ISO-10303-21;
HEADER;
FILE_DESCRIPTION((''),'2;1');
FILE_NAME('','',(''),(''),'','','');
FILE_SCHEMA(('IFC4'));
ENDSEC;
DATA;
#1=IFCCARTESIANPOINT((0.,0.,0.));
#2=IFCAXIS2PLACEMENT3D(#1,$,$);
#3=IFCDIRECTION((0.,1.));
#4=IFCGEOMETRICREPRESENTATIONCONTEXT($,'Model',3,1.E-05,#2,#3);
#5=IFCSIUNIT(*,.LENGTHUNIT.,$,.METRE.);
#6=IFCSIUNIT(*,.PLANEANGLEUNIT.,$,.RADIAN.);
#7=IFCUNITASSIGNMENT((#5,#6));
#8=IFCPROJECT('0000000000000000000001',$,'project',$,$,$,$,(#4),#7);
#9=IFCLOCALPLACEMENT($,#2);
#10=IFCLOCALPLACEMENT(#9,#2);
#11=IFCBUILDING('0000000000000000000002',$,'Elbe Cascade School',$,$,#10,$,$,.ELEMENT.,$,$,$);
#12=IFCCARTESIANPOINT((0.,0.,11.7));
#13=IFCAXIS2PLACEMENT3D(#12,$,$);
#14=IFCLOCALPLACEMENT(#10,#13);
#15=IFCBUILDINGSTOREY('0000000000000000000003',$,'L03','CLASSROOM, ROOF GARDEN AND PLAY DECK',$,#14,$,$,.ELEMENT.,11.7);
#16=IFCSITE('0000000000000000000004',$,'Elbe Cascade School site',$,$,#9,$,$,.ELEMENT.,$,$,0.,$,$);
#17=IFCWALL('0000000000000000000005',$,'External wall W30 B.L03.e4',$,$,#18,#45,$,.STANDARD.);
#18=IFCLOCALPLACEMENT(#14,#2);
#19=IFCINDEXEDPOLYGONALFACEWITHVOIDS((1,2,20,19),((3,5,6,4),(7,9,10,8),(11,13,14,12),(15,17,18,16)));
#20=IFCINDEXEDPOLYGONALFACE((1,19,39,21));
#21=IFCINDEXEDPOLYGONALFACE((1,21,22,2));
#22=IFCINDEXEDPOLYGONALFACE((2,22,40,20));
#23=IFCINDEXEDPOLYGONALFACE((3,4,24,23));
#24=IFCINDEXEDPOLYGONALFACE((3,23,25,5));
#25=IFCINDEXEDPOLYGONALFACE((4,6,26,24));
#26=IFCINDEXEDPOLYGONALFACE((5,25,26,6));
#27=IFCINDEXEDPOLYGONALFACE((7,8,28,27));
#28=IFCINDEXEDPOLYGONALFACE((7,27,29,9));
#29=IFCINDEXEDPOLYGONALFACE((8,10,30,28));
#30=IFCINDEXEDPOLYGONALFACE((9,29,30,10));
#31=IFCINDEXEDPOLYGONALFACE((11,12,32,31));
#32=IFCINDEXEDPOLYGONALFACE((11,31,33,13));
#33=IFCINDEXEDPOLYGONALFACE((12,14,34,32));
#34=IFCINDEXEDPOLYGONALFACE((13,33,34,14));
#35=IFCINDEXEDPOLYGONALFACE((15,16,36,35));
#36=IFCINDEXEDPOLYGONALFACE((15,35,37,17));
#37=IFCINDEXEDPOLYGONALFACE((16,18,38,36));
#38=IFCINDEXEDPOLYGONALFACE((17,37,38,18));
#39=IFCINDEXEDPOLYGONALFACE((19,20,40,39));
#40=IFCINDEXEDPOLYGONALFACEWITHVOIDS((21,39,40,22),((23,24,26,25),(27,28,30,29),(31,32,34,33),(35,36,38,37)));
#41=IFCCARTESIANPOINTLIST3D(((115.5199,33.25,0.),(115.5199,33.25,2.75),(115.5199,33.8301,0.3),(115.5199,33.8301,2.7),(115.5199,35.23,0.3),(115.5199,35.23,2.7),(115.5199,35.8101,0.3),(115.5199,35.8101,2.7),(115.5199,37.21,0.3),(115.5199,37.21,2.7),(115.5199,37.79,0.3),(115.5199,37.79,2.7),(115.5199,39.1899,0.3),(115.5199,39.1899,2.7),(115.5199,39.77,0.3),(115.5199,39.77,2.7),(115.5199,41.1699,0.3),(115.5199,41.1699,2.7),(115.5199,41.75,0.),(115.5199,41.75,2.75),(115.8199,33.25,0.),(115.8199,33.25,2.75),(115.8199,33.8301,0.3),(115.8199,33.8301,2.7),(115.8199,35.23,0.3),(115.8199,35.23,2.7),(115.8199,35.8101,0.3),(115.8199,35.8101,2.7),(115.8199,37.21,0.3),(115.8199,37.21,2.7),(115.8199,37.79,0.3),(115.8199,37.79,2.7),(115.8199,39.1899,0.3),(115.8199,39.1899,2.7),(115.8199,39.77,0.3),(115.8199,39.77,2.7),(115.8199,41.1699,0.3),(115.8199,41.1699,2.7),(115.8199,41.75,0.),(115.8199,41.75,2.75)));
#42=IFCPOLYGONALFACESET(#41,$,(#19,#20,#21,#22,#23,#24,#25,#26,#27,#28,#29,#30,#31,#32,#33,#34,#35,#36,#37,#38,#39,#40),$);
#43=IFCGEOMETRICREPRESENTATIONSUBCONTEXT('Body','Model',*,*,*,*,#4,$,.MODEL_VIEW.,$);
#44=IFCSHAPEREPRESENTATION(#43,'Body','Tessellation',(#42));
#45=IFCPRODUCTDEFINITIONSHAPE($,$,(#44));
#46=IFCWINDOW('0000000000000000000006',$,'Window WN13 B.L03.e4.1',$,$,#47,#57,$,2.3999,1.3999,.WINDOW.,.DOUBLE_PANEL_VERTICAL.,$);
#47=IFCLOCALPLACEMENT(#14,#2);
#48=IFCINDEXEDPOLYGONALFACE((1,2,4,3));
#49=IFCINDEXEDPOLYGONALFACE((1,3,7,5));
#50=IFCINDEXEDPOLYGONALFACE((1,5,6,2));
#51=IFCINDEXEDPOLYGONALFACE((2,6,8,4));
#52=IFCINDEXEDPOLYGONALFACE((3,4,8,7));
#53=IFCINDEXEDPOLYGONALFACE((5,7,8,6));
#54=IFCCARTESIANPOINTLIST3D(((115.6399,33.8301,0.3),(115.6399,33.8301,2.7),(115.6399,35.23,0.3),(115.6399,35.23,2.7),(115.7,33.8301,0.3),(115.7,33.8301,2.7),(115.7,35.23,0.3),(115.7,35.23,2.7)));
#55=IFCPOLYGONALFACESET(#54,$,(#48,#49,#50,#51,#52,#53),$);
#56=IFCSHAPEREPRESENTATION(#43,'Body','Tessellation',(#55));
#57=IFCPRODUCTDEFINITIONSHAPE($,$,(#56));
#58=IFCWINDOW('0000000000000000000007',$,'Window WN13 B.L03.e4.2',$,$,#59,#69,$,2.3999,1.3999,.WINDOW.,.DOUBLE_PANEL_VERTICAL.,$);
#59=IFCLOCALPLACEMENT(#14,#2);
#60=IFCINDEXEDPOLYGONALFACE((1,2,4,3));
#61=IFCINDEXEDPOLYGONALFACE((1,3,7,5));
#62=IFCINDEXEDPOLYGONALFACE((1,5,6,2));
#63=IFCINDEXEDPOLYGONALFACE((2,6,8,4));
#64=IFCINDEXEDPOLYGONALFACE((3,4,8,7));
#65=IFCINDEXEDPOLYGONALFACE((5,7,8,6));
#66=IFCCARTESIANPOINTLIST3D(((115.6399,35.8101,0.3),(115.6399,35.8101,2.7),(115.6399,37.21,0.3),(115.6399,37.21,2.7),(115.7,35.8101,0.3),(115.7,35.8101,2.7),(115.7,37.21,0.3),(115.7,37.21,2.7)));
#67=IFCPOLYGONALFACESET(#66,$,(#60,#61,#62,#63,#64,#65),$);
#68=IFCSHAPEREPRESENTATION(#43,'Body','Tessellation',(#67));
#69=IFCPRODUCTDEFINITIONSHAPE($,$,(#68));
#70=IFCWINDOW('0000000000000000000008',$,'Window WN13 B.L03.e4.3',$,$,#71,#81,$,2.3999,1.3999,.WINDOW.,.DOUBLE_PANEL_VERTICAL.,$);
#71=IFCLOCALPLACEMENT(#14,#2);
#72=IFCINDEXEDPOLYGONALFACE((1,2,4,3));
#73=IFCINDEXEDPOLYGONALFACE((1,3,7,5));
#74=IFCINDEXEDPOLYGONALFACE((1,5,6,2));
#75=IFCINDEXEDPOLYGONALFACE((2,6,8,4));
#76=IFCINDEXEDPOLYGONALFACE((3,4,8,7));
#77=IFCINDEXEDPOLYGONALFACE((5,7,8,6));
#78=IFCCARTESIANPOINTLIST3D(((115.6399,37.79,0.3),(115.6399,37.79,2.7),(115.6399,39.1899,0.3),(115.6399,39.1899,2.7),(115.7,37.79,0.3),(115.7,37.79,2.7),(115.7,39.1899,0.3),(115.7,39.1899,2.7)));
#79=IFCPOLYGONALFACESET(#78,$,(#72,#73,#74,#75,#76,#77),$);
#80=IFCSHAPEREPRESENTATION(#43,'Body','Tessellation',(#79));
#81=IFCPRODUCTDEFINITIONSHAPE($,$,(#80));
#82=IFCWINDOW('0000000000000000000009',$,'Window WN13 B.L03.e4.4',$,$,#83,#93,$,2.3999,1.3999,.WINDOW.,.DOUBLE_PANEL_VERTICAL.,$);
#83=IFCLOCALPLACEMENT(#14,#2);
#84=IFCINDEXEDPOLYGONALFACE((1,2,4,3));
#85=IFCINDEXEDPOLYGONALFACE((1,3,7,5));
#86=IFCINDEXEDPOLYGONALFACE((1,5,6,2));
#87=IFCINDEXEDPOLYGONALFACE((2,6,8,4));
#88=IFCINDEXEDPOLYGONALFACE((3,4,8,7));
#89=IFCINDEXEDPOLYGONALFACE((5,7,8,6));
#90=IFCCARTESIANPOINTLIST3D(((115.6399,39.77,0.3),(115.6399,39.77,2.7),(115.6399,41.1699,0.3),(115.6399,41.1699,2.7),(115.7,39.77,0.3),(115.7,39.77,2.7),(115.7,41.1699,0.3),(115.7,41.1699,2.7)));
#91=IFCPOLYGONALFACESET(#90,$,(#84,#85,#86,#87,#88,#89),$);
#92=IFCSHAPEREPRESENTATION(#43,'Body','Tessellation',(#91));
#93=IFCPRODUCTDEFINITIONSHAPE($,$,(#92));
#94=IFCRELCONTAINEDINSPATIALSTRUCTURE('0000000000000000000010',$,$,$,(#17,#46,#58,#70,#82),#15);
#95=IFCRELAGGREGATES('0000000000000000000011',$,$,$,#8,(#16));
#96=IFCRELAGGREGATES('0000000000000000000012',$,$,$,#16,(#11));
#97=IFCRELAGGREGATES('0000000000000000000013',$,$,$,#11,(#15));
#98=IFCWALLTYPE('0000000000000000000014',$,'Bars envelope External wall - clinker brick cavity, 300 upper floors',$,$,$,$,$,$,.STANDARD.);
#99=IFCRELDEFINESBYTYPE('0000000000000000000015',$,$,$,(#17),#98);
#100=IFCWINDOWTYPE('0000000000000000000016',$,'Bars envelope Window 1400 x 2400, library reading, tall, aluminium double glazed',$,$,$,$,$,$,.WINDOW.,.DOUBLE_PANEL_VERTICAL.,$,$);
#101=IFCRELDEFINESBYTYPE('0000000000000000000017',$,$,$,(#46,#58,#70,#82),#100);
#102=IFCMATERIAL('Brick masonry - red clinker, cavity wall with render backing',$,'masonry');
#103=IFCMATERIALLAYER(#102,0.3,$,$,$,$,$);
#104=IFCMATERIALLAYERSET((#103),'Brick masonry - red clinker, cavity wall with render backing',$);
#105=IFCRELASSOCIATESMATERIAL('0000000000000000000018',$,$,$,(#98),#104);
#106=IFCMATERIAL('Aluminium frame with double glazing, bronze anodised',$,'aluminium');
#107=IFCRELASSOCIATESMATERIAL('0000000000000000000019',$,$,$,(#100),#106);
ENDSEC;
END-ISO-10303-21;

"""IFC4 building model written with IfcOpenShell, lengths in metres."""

from ifc_helpers import new_model, si_unit, direction, frame, frame_2d, origin, place, context, subcontext, project, spatial, rectangle, extrude, material, layer, layer_set, type_object, element, fill, save


model = new_model("IFC4")

# Units and contexts
model_context = context("Model", 3, precision=1e-05, world=origin(), true_north=direction((0.0, 1.0)))
body_context = subcontext(model_context, "Body", "Model", "MODEL_VIEW")
ifc_project = project(units=[si_unit("LENGTHUNIT", "METRE"), si_unit("PLANEANGLEUNIT", "RADIAN")], contexts=[model_context])

# Site, building, storey
site_placement = place(None, origin())
site = spatial("IfcSite", under=ifc_project, at=site_placement, Name="Elbe Cascade School site", CompositionType="ELEMENT", RefElevation=0.0)
building_placement = place(site_placement, origin())
building = spatial("IfcBuilding", under=site, at=building_placement, Name="Elbe Cascade School", CompositionType="ELEMENT")
storey_placement = place(building_placement, frame((0.0, 0.0, 11.7)))
storey = spatial("IfcBuildingStorey", under=building, at=storey_placement, Name="L03", Description="CLASSROOM, ROOF GARDEN AND PLAY DECK", CompositionType="ELEMENT", Elevation=11.7)

# Wall, openings, windows
ifc_material_1 = material(Name="Brick masonry - red clinker, cavity wall with render backing", Category="masonry")
ifc_layer_1 = layer(ifc_material_1, 0.3)
ifc_layer_set_1 = layer_set([ifc_layer_1], Name="Brick masonry - red clinker, cavity wall with render backing")
wall_type_1 = type_object("IfcWallType", Name="Bars envelope External wall - clinker brick cavity, 300 upper floors", PredefinedType="STANDARD", material=ifc_layer_set_1)
wall_1_placement = place(storey_placement, frame((115.6699, 41.75, 0.0), z_axis=(0.0, 0.0, 1.0), x_axis=(0.0, -1.0, 0.0)))
wall_1 = element("IfcWall", 1, at=wall_1_placement, inside=storey, type_object=wall_type_1, Name="External wall W30 B.L03.e4", PredefinedType="STANDARD", context=body_context, shape_type="SweptSolid", body=[
    extrude(rectangle(XDim=8.5, YDim=0.3, at=frame_2d((4.25, 0.0))), origin(), (0.0, 0.0, 1.0), 2.75),
])
opening_1_placement = place(wall_1_placement, frame((6.52, 0.0, 0.3)))
opening_1 = element("IfcOpeningElement", 2, at=opening_1_placement, cuts=wall_1, PredefinedType="OPENING", context=body_context, shape_type="SweptSolid", body=[
    extrude(rectangle(XDim=1.3999, YDim=2.3999, at=frame_2d((0.7, 1.2))), frame((0.0, 0.1599, 0.0), z_axis=(0.0, -1.0, 0.0), x_axis=(1.0, 0.0, 0.0)), (0.0, 0.0, 1.0), 0.3201),
])
opening_2_placement = place(wall_1_placement, frame((4.54, 0.0, 0.3)))
opening_2 = element("IfcOpeningElement", 3, at=opening_2_placement, cuts=wall_1, PredefinedType="OPENING", context=body_context, shape_type="SweptSolid", body=[
    extrude(rectangle(XDim=1.3999, YDim=2.3999, at=frame_2d((0.7, 1.2))), frame((0.0, 0.1599, 0.0), z_axis=(0.0, -1.0, 0.0), x_axis=(1.0, 0.0, 0.0)), (0.0, 0.0, 1.0), 0.3201),
])
opening_3_placement = place(wall_1_placement, frame((2.5601, 0.0, 0.3)))
opening_3 = element("IfcOpeningElement", 4, at=opening_3_placement, cuts=wall_1, PredefinedType="OPENING", context=body_context, shape_type="SweptSolid", body=[
    extrude(rectangle(XDim=1.3999, YDim=2.3999, at=frame_2d((0.7, 1.2))), frame((0.0, 0.1599, 0.0), z_axis=(0.0, -1.0, 0.0), x_axis=(1.0, 0.0, 0.0)), (0.0, 0.0, 1.0), 0.3201),
])
opening_4_placement = place(wall_1_placement, frame((0.5801, 0.0, 0.3)))
opening_4 = element("IfcOpeningElement", 5, at=opening_4_placement, cuts=wall_1, PredefinedType="OPENING", context=body_context, shape_type="SweptSolid", body=[
    extrude(rectangle(XDim=1.3999, YDim=2.3999, at=frame_2d((0.7, 1.2))), frame((0.0, 0.1599, 0.0), z_axis=(0.0, -1.0, 0.0), x_axis=(1.0, 0.0, 0.0)), (0.0, 0.0, 1.0), 0.3201),
])
ifc_material_2 = material(Name="Aluminium frame with double glazing, bronze anodised", Category="aluminium")
window_type_1 = type_object("IfcWindowType", Name="Bars envelope Window 1400 x 2400, library reading, tall, aluminium double glazed", PartitioningType="DOUBLE_PANEL_VERTICAL", PredefinedType="WINDOW", material=ifc_material_2)
window_1_placement = place(opening_1_placement, origin())
window_1 = element("IfcWindow", 6, at=window_1_placement, inside=storey, type_object=window_type_1, Name="Window WN13 B.L03.e4.1", OverallHeight=2.3999, OverallWidth=1.3999, PartitioningType="DOUBLE_PANEL_VERTICAL", PredefinedType="WINDOW", context=body_context, shape_type="SweptSolid", body=[
    extrude(rectangle(XDim=1.3999, YDim=2.3999, at=frame_2d((0.7, 1.2))), frame((0.0, 0.03, 0.0), z_axis=(0.0, -1.0, 0.0), x_axis=(1.0, 0.0, 0.0)), (0.0, 0.0, 1.0), 0.0601),
])
fill(opening_1, window_1)
window_2_placement = place(opening_2_placement, origin())
window_2 = element("IfcWindow", 7, at=window_2_placement, inside=storey, type_object=window_type_1, Name="Window WN13 B.L03.e4.2", OverallHeight=2.3999, OverallWidth=1.3999, PartitioningType="DOUBLE_PANEL_VERTICAL", PredefinedType="WINDOW", context=body_context, shape_type="SweptSolid", body=[
    extrude(rectangle(XDim=1.3999, YDim=2.3999, at=frame_2d((0.7, 1.2))), frame((0.0, 0.03, 0.0), z_axis=(0.0, -1.0, 0.0), x_axis=(1.0, 0.0, 0.0)), (0.0, 0.0, 1.0), 0.0601),
])
fill(opening_2, window_2)
window_3_placement = place(opening_3_placement, origin())
window_3 = element("IfcWindow", 8, at=window_3_placement, inside=storey, type_object=window_type_1, Name="Window WN13 B.L03.e4.3", OverallHeight=2.3999, OverallWidth=1.3999, PartitioningType="DOUBLE_PANEL_VERTICAL", PredefinedType="WINDOW", context=body_context, shape_type="SweptSolid", body=[
    extrude(rectangle(XDim=1.3999, YDim=2.3999, at=frame_2d((0.7, 1.2))), frame((0.0, 0.03, 0.0), z_axis=(0.0, -1.0, 0.0), x_axis=(1.0, 0.0, 0.0)), (0.0, 0.0, 1.0), 0.0601),
])
fill(opening_3, window_3)
window_4_placement = place(opening_4_placement, origin())
window_4 = element("IfcWindow", 9, at=window_4_placement, inside=storey, type_object=window_type_1, Name="Window WN13 B.L03.e4.4", OverallHeight=2.3999, OverallWidth=1.3999, PartitioningType="DOUBLE_PANEL_VERTICAL", PredefinedType="WINDOW", context=body_context, shape_type="SweptSolid", body=[
    extrude(rectangle(XDim=1.3999, YDim=2.3999, at=frame_2d((0.7, 1.2))), frame((0.0, 0.03, 0.0), z_axis=(0.0, -1.0, 0.0), x_axis=(1.0, 0.0, 0.0)), (0.0, 0.0, 1.0), 0.0601),
])
fill(opening_4, window_4)

save(model, "model.ifc")
